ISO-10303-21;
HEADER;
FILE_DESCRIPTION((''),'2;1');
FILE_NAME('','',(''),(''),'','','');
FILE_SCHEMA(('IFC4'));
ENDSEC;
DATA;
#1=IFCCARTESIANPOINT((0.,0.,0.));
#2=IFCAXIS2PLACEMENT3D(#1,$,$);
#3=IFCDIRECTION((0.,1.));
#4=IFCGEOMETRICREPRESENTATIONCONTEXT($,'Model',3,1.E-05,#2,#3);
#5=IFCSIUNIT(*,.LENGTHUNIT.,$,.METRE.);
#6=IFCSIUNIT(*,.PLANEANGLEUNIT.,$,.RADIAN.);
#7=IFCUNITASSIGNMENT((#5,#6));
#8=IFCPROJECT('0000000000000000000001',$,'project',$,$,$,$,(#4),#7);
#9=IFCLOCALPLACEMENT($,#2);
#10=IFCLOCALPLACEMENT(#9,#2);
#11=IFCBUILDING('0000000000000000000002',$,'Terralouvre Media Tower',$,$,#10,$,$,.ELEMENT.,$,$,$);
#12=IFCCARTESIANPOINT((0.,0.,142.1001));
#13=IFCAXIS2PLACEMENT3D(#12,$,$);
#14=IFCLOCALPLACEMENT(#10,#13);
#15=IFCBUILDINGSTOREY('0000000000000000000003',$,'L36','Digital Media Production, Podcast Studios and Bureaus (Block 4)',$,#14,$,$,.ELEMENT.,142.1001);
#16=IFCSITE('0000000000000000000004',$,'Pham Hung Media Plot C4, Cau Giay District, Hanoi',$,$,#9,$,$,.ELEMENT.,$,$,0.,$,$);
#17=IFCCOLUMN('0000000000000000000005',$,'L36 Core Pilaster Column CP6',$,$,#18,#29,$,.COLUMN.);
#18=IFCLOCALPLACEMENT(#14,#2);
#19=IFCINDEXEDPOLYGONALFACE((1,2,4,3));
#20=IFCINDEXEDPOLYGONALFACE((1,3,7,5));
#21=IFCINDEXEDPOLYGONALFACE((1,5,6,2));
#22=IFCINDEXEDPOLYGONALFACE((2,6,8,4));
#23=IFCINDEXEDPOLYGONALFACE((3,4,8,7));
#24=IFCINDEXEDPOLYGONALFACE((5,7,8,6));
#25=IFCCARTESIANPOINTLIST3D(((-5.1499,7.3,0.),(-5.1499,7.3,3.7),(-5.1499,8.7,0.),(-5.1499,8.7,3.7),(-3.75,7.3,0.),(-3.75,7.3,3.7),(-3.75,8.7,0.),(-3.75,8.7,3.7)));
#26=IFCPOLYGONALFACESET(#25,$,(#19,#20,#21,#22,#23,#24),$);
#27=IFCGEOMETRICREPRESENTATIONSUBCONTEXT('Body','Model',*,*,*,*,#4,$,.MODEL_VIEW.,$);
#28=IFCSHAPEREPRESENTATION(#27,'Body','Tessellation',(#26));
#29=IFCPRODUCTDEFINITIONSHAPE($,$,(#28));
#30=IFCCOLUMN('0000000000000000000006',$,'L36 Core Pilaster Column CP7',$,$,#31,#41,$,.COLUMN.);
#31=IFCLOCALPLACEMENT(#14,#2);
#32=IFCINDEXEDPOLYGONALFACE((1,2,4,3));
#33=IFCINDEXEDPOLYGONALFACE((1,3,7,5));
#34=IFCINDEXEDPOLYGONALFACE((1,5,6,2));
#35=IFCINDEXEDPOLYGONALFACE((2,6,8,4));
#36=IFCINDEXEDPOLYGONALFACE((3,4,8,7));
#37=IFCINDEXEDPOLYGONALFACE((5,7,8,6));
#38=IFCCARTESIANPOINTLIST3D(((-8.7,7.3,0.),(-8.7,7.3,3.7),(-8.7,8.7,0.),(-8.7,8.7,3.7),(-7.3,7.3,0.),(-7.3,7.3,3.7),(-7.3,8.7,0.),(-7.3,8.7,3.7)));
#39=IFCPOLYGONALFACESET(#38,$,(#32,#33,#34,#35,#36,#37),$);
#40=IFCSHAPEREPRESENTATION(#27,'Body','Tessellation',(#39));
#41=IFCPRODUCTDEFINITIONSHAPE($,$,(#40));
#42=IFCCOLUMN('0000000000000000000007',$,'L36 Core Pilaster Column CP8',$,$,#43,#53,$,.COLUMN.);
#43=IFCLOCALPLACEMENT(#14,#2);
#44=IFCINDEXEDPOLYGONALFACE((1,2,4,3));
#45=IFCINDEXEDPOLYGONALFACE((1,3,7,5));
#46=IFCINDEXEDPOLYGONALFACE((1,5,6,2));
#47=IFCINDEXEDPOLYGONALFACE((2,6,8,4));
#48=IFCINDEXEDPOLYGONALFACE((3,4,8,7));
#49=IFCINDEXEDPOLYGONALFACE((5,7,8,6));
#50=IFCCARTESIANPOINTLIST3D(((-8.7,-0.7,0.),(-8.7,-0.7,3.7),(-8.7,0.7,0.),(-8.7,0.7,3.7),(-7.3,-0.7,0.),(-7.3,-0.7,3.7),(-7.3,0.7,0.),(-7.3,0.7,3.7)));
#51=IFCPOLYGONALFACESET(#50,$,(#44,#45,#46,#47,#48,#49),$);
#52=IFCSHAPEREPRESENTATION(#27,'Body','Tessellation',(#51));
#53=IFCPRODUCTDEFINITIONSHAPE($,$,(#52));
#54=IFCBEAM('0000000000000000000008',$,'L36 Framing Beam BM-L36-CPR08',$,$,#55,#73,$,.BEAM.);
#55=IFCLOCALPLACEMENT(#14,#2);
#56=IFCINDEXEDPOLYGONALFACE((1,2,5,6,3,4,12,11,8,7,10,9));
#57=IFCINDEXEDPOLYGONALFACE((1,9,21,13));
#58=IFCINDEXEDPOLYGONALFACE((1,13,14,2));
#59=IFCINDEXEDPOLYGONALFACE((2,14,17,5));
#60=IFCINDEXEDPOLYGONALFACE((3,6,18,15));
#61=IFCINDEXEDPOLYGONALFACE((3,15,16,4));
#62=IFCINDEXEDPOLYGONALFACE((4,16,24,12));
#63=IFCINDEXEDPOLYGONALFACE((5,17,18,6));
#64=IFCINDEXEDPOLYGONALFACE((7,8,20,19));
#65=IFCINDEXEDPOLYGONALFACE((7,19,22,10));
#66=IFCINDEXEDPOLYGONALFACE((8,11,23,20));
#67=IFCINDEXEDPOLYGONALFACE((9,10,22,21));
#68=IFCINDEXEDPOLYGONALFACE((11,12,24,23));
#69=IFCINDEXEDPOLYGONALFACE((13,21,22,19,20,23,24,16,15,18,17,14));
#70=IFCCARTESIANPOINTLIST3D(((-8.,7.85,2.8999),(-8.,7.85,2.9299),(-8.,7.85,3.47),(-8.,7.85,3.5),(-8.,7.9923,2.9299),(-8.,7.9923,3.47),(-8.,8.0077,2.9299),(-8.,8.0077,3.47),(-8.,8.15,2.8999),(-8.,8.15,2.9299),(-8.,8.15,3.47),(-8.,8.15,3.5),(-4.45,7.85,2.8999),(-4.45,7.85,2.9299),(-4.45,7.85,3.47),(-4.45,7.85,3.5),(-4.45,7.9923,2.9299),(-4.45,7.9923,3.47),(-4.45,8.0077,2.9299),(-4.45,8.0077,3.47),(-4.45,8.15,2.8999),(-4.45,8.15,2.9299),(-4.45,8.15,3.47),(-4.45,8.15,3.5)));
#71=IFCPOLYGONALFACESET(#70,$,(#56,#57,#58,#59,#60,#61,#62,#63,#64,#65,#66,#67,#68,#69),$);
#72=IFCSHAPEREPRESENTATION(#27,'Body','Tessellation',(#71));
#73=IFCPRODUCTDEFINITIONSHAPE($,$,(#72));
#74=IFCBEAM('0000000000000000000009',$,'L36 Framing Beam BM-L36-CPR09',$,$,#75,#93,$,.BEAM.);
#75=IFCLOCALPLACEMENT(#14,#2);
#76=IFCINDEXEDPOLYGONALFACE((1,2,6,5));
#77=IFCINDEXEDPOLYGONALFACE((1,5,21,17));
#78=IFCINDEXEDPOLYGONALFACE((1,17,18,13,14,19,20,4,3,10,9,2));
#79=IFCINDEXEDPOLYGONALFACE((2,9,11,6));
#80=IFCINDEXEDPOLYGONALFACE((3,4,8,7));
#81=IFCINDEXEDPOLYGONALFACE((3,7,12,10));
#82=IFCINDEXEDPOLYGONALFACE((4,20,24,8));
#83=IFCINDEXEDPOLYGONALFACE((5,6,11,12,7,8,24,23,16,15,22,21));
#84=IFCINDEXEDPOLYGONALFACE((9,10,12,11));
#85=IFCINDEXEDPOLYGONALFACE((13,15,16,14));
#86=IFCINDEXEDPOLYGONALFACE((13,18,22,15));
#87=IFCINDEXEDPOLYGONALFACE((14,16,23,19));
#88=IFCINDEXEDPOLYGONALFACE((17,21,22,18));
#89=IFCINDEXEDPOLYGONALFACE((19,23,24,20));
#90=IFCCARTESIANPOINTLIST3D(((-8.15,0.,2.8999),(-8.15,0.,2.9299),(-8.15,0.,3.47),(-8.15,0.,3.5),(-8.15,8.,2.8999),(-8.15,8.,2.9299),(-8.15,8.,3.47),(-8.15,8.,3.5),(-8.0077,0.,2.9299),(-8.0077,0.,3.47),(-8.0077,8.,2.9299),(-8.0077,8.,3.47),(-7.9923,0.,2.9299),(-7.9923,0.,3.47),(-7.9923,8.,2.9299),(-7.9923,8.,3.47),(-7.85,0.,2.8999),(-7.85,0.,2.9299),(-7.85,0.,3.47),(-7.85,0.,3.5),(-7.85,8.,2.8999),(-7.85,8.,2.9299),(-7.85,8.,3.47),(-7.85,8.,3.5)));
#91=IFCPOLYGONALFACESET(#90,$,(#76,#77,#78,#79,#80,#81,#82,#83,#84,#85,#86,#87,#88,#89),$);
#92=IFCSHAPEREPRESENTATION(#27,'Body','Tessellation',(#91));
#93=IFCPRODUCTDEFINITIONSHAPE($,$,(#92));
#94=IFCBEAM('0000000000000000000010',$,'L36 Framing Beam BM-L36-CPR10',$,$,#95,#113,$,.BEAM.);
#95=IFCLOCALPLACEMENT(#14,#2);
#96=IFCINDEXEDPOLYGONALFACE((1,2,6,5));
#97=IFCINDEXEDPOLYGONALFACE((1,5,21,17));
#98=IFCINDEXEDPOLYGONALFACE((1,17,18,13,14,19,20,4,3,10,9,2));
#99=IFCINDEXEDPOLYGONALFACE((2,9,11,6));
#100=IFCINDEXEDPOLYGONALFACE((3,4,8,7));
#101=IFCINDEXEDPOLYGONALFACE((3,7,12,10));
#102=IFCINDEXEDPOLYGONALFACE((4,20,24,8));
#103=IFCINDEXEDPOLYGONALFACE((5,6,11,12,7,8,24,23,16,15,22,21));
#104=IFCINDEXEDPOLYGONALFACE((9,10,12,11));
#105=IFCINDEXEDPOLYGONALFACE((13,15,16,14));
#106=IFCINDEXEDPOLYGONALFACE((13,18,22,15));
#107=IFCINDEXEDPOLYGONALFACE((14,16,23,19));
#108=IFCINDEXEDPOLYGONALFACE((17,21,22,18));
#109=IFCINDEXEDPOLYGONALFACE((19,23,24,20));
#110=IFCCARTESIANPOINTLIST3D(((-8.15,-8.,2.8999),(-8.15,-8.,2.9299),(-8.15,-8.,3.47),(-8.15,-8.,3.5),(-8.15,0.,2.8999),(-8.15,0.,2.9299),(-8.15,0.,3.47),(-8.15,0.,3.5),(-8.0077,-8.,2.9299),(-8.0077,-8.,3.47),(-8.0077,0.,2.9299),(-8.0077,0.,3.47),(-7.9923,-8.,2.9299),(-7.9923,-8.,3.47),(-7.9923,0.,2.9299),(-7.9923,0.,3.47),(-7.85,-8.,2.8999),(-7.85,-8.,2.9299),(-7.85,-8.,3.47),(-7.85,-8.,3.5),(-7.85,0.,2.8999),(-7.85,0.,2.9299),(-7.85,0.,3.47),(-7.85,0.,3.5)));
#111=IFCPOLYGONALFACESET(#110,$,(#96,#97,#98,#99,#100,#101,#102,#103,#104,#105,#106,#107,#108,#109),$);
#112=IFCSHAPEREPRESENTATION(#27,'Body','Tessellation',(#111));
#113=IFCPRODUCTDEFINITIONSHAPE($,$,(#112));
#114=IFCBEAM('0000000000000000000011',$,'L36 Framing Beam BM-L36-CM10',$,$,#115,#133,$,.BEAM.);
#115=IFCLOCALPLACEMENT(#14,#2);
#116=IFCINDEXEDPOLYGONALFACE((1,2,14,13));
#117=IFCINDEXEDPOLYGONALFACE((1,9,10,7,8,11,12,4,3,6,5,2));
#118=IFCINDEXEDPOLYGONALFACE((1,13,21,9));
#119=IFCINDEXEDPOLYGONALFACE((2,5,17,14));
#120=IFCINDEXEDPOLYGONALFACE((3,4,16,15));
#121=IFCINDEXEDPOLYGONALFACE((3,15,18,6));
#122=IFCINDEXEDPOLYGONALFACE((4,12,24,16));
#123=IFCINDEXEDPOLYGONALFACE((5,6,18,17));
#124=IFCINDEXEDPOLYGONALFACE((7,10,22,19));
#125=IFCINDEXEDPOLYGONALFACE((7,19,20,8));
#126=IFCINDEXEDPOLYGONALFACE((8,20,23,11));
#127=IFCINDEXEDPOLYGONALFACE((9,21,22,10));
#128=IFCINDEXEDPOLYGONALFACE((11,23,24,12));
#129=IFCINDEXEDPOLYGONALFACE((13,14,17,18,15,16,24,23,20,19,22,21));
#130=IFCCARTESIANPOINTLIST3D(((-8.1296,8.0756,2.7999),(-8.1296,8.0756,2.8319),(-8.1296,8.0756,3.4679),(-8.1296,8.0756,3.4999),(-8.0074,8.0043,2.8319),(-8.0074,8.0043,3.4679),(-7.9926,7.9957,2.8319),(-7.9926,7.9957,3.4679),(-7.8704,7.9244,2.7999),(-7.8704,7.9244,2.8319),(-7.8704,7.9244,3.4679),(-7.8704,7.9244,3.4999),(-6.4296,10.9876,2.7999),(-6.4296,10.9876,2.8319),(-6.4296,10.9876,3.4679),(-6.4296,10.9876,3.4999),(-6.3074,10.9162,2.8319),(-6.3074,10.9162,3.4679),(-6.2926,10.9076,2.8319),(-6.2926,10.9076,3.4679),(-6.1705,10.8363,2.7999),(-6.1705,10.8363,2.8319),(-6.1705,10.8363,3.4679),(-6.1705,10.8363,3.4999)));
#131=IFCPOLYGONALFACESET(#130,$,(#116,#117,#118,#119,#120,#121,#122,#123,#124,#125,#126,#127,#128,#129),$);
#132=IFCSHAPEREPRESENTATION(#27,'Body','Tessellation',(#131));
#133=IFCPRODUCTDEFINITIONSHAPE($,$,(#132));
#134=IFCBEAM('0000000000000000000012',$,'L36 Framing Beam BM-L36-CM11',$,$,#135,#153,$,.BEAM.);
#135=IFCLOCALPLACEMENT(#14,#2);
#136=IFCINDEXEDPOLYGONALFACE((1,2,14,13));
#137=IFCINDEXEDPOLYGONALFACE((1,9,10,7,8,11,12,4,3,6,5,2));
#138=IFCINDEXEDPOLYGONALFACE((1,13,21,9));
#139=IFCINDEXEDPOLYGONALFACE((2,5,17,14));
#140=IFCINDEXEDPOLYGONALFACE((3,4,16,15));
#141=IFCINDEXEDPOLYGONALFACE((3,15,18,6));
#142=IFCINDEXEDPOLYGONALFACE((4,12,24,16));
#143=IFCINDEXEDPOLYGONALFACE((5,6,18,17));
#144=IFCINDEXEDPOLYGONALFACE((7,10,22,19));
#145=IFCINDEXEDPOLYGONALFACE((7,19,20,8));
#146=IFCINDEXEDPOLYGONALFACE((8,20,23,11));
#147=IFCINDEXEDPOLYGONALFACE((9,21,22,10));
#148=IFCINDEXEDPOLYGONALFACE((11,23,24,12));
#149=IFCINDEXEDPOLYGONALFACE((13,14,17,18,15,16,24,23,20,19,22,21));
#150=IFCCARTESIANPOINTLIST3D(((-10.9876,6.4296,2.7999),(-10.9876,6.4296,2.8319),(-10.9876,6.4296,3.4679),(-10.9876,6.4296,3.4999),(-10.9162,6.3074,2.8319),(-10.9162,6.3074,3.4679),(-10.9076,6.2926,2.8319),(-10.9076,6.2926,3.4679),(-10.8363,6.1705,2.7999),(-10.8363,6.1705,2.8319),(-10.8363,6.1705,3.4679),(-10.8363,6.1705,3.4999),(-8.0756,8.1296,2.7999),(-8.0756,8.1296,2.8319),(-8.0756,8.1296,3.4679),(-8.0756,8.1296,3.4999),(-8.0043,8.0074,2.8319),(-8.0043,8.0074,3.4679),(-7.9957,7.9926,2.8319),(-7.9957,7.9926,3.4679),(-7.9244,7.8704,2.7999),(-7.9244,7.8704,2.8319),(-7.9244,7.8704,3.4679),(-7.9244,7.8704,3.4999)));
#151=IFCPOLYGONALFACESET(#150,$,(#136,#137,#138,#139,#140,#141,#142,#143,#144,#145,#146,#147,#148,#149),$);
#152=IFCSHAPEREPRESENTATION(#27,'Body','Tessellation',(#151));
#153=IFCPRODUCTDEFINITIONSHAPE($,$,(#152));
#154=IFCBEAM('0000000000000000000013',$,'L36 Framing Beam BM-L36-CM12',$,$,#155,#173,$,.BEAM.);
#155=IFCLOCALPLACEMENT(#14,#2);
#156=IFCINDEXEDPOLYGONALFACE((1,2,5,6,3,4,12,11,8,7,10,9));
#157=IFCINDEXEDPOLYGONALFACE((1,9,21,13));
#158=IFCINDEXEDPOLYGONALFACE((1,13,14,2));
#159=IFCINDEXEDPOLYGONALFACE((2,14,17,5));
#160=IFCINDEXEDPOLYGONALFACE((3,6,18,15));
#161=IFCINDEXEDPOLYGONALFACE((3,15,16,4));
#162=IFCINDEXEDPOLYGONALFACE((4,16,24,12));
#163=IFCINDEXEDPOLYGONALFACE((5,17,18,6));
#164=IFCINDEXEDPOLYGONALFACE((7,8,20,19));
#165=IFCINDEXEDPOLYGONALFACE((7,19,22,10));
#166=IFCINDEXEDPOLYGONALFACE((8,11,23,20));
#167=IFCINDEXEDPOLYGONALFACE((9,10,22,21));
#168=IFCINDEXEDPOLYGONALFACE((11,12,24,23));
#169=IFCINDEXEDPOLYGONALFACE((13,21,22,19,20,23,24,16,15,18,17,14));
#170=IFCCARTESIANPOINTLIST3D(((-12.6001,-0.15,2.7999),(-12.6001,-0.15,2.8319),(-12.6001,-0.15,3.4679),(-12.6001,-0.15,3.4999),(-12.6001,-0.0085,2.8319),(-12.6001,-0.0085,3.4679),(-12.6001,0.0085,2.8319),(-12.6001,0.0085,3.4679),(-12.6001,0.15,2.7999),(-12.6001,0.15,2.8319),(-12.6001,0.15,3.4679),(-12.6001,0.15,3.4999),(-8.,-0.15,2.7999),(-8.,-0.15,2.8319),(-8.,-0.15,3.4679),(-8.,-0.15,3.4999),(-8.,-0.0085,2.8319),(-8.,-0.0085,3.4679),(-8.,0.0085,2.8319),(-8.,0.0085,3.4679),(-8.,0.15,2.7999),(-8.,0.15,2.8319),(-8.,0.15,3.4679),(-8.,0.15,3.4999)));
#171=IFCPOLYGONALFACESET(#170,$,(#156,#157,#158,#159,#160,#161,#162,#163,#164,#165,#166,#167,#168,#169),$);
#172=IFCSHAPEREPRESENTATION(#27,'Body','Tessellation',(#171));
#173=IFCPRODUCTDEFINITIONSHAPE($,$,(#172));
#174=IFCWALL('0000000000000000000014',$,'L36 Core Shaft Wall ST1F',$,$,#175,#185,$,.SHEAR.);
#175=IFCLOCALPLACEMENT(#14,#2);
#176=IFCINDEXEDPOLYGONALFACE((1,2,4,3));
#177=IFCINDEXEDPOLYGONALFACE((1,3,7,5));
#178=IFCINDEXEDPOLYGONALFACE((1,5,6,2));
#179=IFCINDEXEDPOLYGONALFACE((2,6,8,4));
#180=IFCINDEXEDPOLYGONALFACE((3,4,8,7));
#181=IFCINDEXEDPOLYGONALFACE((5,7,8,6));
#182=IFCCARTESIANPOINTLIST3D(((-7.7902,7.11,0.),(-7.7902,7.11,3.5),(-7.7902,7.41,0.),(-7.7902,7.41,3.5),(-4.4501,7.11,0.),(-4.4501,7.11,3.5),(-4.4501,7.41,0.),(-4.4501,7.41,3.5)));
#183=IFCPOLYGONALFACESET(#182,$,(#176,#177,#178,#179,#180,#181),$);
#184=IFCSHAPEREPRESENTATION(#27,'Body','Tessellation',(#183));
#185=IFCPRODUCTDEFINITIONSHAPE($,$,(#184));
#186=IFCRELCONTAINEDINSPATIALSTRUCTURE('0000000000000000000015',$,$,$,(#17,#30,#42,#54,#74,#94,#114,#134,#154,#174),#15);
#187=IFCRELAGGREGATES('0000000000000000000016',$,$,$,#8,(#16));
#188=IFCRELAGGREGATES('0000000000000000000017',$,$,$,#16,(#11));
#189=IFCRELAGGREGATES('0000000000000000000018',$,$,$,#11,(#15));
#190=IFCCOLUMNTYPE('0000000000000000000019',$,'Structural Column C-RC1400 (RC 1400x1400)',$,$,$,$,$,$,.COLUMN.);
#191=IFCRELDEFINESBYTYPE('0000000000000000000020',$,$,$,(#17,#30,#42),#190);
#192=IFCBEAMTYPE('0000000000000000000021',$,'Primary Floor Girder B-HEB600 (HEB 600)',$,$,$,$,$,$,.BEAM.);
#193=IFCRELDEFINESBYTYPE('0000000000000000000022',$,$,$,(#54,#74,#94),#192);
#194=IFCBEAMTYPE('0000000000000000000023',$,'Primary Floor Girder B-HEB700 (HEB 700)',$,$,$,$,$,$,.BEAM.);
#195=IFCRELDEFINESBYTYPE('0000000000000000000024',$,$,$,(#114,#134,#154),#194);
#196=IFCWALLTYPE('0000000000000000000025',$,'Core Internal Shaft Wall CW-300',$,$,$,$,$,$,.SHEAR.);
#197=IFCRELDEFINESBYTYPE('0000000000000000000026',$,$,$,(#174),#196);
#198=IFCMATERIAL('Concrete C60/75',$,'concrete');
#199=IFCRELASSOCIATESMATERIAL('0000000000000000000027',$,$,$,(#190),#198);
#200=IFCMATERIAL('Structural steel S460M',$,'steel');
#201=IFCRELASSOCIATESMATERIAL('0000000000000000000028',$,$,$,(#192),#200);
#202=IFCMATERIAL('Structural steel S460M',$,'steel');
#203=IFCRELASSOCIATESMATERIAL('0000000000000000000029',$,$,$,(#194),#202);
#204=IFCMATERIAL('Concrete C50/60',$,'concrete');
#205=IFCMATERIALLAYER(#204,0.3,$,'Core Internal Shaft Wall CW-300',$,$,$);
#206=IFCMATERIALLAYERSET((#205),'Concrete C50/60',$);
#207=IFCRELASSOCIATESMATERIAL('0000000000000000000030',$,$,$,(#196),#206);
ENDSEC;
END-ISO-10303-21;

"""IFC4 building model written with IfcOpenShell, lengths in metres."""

from ifc_helpers import new_model, si_unit, direction, frame, frame_2d, origin, origin_2d, place, context, subcontext, project, spatial, rectangle, i_section, extrude, material, layer, layer_set, material_profile, profile_set, type_object, element, save


model = new_model("IFC4")

# Units and contexts
model_context = context("Model", 3, precision=1e-05, world=origin(), true_north=direction((0.0, 1.0)))
body_context = subcontext(model_context, "Body", "Model", "MODEL_VIEW")
ifc_project = project(units=[si_unit("LENGTHUNIT", "METRE"), si_unit("PLANEANGLEUNIT", "RADIAN")], contexts=[model_context])

# Site, building, storey
site_placement = place(None, origin())
site = spatial("IfcSite", under=ifc_project, at=site_placement, Name="Pham Hung Media Plot C4, Cau Giay District, Hanoi", CompositionType="ELEMENT", RefElevation=0.0)
building_placement = place(site_placement, origin())
building = spatial("IfcBuilding", under=site, at=building_placement, Name="Terralouvre Media Tower", CompositionType="ELEMENT")
storey_placement = place(building_placement, frame((0.0, 0.0, 142.1001)))
storey = spatial("IfcBuildingStorey", under=building, at=storey_placement, Name="L36", Description="Digital Media Production, Podcast Studios and Bureaus (Block 4)", CompositionType="ELEMENT", Elevation=142.1001)

# Columns
ifc_material_1 = material(Name="Concrete C60/75", Category="concrete")
ifc_material_profile_1 = material_profile(ifc_material_1, rectangle(XDim=1.3999, YDim=1.3999, at=origin_2d()), Name="RC 1400x1400")
ifc_profile_set_1 = profile_set([ifc_material_profile_1], Name="Concrete C60/75")
column_type = type_object("IfcColumnType", Name="Structural Column C-RC1400 (RC 1400x1400)", PredefinedType="COLUMN", material=ifc_profile_set_1)
for number, where, z_axis, x_axis, name in (
    (1, (-4.45, 8.0, 0.0), (0.0, 0.0, 1.0), (1.0, 0.0, 0.0), "L36 Core Pilaster Column CP6"),
    (2, (-8.0, 8.0, 0.0), (0.0, 0.0, 1.0), (1.0, 0.0, 0.0), "L36 Core Pilaster Column CP7"),
    (3, (-8.0, 0.0, 0.0), (0.0, 0.0, 1.0), (1.0, 0.0, 0.0), "L36 Core Pilaster Column CP8"),
):
    element("IfcColumn", number, at=place(storey_placement, frame(where, z_axis=z_axis, x_axis=x_axis)), inside=storey, type_object=column_type, Name=name, PredefinedType="COLUMN", context=body_context, shape_type="SweptSolid", body=[
        extrude(rectangle(XDim=1.3999, YDim=1.3999, at=origin_2d()), origin(), (0.0, 0.0, 1.0), 3.7),
    ])

# Beams
ifc_material_2 = material(Name="Structural steel S460M", Category="steel")
ifc_material_profile_2 = material_profile(ifc_material_2, i_section(OverallWidth=0.3, OverallDepth=0.6001, WebThickness=0.0154, FlangeThickness=0.03, at=origin_2d()), Name="HEB 600")
ifc_profile_set_2 = profile_set([ifc_material_profile_2], Name="Structural steel S460M")
beam_type_1 = type_object("IfcBeamType", Name="Primary Floor Girder B-HEB600 (HEB 600)", PredefinedType="BEAM", material=ifc_profile_set_2)
beam_1_placement = place(storey_placement, frame((-4.45, 8.0, 3.2), z_axis=(-1.0, 0.0, 0.0), x_axis=(0.0, -1.0, 0.0)))
element("IfcBeam", 4, at=beam_1_placement, inside=storey, type_object=beam_type_1, Name="L36 Framing Beam BM-L36-CPR08", PredefinedType="BEAM", context=body_context, shape_type="SweptSolid", body=[
    extrude(i_section(OverallWidth=0.3, OverallDepth=0.6001, WebThickness=0.0154, FlangeThickness=0.03, at=origin_2d()), origin(), (0.0, 0.0, 1.0), 3.55),
])
for number, where, z_axis, x_axis, name in (
    (5, (-8.0, 8.0, 3.2), (0.0, -1.0, 0.0), (1.0, 0.0, 0.0), "L36 Framing Beam BM-L36-CPR09"),
    (6, (-8.0, 0.0, 3.2), (0.0, -1.0, 0.0), (1.0, 0.0, 0.0), "L36 Framing Beam BM-L36-CPR10"),
):
    element("IfcBeam", number, at=place(storey_placement, frame(where, z_axis=z_axis, x_axis=x_axis)), inside=storey, type_object=beam_type_1, Name=name, PredefinedType="BEAM", context=body_context, shape_type="SweptSolid", body=[
        extrude(i_section(OverallWidth=0.3, OverallDepth=0.6001, WebThickness=0.0154, FlangeThickness=0.03, at=origin_2d()), origin(), (0.0, 0.0, 1.0), 8.0),
    ])
ifc_material_3 = material(Name="Structural steel S460M", Category="steel")
ifc_material_profile_3 = material_profile(ifc_material_3, i_section(OverallWidth=0.3, OverallDepth=0.7, WebThickness=0.0171, FlangeThickness=0.032, at=origin_2d()), Name="HEB 700")
ifc_profile_set_3 = profile_set([ifc_material_profile_3], Name="Structural steel S460M")
beam_type_2 = type_object("IfcBeamType", Name="Primary Floor Girder B-HEB700 (HEB 700)", PredefinedType="BEAM", material=ifc_profile_set_3)
for number, where, z_axis, x_axis, name in (
    (7, (-8.0, 8.0, 3.1499), (0.504173, 0.863603, 0.0), (-0.863603, 0.504173, 0.0), "L36 Framing Beam BM-L36-CM10"),
    (8, (-8.0, 8.0, 3.1499), (-0.863603, -0.504173, 0.0), (0.504173, -0.863603, 0.0), "L36 Framing Beam BM-L36-CM11"),
):
    element("IfcBeam", number, at=place(storey_placement, frame(where, z_axis=z_axis, x_axis=x_axis)), inside=storey, type_object=beam_type_2, Name=name, PredefinedType="BEAM", context=body_context, shape_type="SweptSolid", body=[
        extrude(i_section(OverallWidth=0.3, OverallDepth=0.7, WebThickness=0.0171, FlangeThickness=0.032, at=origin_2d()), origin(), (0.0, 0.0, 1.0), 3.3718),
    ])
beam_2_placement = place(storey_placement, frame((-8.0, 0.0, 3.1499), z_axis=(-1.0, 0.0, 0.0), x_axis=(0.0, -1.0, 0.0)))
element("IfcBeam", 9, at=beam_2_placement, inside=storey, type_object=beam_type_2, Name="L36 Framing Beam BM-L36-CM12", PredefinedType="BEAM", context=body_context, shape_type="SweptSolid", body=[
    extrude(i_section(OverallWidth=0.3, OverallDepth=0.7, WebThickness=0.0171, FlangeThickness=0.032, at=origin_2d()), origin(), (0.0, 0.0, 1.0), 4.6001),
])

# Shared definitions
ifc_material_4 = material(Name="Concrete C50/60", Category="concrete")
ifc_layer_1 = layer(ifc_material_4, 0.3, Name="Core Internal Shaft Wall CW-300")
ifc_layer_set_1 = layer_set([ifc_layer_1], Name="Concrete C50/60")
wall_type_1 = type_object("IfcWallType", Name="Core Internal Shaft Wall CW-300", PredefinedType="SHEAR", material=ifc_layer_set_1)

# Wall
wall_1_placement = place(storey_placement, frame((-7.79, 7.26, 0.0), z_axis=(0.0, 0.0, 1.0), x_axis=(1.0, 0.0, 0.0)))
element("IfcWall", 10, at=wall_1_placement, inside=storey, type_object=wall_type_1, Name="L36 Core Shaft Wall ST1F", PredefinedType="SHEAR", context=body_context, shape_type="SweptSolid", body=[
    extrude(rectangle(XDim=3.3401, YDim=0.3, at=frame_2d((1.6699, 0.0))), origin(), (0.0, 0.0, 1.0), 3.5),
])

save(model, "model.ifc")
